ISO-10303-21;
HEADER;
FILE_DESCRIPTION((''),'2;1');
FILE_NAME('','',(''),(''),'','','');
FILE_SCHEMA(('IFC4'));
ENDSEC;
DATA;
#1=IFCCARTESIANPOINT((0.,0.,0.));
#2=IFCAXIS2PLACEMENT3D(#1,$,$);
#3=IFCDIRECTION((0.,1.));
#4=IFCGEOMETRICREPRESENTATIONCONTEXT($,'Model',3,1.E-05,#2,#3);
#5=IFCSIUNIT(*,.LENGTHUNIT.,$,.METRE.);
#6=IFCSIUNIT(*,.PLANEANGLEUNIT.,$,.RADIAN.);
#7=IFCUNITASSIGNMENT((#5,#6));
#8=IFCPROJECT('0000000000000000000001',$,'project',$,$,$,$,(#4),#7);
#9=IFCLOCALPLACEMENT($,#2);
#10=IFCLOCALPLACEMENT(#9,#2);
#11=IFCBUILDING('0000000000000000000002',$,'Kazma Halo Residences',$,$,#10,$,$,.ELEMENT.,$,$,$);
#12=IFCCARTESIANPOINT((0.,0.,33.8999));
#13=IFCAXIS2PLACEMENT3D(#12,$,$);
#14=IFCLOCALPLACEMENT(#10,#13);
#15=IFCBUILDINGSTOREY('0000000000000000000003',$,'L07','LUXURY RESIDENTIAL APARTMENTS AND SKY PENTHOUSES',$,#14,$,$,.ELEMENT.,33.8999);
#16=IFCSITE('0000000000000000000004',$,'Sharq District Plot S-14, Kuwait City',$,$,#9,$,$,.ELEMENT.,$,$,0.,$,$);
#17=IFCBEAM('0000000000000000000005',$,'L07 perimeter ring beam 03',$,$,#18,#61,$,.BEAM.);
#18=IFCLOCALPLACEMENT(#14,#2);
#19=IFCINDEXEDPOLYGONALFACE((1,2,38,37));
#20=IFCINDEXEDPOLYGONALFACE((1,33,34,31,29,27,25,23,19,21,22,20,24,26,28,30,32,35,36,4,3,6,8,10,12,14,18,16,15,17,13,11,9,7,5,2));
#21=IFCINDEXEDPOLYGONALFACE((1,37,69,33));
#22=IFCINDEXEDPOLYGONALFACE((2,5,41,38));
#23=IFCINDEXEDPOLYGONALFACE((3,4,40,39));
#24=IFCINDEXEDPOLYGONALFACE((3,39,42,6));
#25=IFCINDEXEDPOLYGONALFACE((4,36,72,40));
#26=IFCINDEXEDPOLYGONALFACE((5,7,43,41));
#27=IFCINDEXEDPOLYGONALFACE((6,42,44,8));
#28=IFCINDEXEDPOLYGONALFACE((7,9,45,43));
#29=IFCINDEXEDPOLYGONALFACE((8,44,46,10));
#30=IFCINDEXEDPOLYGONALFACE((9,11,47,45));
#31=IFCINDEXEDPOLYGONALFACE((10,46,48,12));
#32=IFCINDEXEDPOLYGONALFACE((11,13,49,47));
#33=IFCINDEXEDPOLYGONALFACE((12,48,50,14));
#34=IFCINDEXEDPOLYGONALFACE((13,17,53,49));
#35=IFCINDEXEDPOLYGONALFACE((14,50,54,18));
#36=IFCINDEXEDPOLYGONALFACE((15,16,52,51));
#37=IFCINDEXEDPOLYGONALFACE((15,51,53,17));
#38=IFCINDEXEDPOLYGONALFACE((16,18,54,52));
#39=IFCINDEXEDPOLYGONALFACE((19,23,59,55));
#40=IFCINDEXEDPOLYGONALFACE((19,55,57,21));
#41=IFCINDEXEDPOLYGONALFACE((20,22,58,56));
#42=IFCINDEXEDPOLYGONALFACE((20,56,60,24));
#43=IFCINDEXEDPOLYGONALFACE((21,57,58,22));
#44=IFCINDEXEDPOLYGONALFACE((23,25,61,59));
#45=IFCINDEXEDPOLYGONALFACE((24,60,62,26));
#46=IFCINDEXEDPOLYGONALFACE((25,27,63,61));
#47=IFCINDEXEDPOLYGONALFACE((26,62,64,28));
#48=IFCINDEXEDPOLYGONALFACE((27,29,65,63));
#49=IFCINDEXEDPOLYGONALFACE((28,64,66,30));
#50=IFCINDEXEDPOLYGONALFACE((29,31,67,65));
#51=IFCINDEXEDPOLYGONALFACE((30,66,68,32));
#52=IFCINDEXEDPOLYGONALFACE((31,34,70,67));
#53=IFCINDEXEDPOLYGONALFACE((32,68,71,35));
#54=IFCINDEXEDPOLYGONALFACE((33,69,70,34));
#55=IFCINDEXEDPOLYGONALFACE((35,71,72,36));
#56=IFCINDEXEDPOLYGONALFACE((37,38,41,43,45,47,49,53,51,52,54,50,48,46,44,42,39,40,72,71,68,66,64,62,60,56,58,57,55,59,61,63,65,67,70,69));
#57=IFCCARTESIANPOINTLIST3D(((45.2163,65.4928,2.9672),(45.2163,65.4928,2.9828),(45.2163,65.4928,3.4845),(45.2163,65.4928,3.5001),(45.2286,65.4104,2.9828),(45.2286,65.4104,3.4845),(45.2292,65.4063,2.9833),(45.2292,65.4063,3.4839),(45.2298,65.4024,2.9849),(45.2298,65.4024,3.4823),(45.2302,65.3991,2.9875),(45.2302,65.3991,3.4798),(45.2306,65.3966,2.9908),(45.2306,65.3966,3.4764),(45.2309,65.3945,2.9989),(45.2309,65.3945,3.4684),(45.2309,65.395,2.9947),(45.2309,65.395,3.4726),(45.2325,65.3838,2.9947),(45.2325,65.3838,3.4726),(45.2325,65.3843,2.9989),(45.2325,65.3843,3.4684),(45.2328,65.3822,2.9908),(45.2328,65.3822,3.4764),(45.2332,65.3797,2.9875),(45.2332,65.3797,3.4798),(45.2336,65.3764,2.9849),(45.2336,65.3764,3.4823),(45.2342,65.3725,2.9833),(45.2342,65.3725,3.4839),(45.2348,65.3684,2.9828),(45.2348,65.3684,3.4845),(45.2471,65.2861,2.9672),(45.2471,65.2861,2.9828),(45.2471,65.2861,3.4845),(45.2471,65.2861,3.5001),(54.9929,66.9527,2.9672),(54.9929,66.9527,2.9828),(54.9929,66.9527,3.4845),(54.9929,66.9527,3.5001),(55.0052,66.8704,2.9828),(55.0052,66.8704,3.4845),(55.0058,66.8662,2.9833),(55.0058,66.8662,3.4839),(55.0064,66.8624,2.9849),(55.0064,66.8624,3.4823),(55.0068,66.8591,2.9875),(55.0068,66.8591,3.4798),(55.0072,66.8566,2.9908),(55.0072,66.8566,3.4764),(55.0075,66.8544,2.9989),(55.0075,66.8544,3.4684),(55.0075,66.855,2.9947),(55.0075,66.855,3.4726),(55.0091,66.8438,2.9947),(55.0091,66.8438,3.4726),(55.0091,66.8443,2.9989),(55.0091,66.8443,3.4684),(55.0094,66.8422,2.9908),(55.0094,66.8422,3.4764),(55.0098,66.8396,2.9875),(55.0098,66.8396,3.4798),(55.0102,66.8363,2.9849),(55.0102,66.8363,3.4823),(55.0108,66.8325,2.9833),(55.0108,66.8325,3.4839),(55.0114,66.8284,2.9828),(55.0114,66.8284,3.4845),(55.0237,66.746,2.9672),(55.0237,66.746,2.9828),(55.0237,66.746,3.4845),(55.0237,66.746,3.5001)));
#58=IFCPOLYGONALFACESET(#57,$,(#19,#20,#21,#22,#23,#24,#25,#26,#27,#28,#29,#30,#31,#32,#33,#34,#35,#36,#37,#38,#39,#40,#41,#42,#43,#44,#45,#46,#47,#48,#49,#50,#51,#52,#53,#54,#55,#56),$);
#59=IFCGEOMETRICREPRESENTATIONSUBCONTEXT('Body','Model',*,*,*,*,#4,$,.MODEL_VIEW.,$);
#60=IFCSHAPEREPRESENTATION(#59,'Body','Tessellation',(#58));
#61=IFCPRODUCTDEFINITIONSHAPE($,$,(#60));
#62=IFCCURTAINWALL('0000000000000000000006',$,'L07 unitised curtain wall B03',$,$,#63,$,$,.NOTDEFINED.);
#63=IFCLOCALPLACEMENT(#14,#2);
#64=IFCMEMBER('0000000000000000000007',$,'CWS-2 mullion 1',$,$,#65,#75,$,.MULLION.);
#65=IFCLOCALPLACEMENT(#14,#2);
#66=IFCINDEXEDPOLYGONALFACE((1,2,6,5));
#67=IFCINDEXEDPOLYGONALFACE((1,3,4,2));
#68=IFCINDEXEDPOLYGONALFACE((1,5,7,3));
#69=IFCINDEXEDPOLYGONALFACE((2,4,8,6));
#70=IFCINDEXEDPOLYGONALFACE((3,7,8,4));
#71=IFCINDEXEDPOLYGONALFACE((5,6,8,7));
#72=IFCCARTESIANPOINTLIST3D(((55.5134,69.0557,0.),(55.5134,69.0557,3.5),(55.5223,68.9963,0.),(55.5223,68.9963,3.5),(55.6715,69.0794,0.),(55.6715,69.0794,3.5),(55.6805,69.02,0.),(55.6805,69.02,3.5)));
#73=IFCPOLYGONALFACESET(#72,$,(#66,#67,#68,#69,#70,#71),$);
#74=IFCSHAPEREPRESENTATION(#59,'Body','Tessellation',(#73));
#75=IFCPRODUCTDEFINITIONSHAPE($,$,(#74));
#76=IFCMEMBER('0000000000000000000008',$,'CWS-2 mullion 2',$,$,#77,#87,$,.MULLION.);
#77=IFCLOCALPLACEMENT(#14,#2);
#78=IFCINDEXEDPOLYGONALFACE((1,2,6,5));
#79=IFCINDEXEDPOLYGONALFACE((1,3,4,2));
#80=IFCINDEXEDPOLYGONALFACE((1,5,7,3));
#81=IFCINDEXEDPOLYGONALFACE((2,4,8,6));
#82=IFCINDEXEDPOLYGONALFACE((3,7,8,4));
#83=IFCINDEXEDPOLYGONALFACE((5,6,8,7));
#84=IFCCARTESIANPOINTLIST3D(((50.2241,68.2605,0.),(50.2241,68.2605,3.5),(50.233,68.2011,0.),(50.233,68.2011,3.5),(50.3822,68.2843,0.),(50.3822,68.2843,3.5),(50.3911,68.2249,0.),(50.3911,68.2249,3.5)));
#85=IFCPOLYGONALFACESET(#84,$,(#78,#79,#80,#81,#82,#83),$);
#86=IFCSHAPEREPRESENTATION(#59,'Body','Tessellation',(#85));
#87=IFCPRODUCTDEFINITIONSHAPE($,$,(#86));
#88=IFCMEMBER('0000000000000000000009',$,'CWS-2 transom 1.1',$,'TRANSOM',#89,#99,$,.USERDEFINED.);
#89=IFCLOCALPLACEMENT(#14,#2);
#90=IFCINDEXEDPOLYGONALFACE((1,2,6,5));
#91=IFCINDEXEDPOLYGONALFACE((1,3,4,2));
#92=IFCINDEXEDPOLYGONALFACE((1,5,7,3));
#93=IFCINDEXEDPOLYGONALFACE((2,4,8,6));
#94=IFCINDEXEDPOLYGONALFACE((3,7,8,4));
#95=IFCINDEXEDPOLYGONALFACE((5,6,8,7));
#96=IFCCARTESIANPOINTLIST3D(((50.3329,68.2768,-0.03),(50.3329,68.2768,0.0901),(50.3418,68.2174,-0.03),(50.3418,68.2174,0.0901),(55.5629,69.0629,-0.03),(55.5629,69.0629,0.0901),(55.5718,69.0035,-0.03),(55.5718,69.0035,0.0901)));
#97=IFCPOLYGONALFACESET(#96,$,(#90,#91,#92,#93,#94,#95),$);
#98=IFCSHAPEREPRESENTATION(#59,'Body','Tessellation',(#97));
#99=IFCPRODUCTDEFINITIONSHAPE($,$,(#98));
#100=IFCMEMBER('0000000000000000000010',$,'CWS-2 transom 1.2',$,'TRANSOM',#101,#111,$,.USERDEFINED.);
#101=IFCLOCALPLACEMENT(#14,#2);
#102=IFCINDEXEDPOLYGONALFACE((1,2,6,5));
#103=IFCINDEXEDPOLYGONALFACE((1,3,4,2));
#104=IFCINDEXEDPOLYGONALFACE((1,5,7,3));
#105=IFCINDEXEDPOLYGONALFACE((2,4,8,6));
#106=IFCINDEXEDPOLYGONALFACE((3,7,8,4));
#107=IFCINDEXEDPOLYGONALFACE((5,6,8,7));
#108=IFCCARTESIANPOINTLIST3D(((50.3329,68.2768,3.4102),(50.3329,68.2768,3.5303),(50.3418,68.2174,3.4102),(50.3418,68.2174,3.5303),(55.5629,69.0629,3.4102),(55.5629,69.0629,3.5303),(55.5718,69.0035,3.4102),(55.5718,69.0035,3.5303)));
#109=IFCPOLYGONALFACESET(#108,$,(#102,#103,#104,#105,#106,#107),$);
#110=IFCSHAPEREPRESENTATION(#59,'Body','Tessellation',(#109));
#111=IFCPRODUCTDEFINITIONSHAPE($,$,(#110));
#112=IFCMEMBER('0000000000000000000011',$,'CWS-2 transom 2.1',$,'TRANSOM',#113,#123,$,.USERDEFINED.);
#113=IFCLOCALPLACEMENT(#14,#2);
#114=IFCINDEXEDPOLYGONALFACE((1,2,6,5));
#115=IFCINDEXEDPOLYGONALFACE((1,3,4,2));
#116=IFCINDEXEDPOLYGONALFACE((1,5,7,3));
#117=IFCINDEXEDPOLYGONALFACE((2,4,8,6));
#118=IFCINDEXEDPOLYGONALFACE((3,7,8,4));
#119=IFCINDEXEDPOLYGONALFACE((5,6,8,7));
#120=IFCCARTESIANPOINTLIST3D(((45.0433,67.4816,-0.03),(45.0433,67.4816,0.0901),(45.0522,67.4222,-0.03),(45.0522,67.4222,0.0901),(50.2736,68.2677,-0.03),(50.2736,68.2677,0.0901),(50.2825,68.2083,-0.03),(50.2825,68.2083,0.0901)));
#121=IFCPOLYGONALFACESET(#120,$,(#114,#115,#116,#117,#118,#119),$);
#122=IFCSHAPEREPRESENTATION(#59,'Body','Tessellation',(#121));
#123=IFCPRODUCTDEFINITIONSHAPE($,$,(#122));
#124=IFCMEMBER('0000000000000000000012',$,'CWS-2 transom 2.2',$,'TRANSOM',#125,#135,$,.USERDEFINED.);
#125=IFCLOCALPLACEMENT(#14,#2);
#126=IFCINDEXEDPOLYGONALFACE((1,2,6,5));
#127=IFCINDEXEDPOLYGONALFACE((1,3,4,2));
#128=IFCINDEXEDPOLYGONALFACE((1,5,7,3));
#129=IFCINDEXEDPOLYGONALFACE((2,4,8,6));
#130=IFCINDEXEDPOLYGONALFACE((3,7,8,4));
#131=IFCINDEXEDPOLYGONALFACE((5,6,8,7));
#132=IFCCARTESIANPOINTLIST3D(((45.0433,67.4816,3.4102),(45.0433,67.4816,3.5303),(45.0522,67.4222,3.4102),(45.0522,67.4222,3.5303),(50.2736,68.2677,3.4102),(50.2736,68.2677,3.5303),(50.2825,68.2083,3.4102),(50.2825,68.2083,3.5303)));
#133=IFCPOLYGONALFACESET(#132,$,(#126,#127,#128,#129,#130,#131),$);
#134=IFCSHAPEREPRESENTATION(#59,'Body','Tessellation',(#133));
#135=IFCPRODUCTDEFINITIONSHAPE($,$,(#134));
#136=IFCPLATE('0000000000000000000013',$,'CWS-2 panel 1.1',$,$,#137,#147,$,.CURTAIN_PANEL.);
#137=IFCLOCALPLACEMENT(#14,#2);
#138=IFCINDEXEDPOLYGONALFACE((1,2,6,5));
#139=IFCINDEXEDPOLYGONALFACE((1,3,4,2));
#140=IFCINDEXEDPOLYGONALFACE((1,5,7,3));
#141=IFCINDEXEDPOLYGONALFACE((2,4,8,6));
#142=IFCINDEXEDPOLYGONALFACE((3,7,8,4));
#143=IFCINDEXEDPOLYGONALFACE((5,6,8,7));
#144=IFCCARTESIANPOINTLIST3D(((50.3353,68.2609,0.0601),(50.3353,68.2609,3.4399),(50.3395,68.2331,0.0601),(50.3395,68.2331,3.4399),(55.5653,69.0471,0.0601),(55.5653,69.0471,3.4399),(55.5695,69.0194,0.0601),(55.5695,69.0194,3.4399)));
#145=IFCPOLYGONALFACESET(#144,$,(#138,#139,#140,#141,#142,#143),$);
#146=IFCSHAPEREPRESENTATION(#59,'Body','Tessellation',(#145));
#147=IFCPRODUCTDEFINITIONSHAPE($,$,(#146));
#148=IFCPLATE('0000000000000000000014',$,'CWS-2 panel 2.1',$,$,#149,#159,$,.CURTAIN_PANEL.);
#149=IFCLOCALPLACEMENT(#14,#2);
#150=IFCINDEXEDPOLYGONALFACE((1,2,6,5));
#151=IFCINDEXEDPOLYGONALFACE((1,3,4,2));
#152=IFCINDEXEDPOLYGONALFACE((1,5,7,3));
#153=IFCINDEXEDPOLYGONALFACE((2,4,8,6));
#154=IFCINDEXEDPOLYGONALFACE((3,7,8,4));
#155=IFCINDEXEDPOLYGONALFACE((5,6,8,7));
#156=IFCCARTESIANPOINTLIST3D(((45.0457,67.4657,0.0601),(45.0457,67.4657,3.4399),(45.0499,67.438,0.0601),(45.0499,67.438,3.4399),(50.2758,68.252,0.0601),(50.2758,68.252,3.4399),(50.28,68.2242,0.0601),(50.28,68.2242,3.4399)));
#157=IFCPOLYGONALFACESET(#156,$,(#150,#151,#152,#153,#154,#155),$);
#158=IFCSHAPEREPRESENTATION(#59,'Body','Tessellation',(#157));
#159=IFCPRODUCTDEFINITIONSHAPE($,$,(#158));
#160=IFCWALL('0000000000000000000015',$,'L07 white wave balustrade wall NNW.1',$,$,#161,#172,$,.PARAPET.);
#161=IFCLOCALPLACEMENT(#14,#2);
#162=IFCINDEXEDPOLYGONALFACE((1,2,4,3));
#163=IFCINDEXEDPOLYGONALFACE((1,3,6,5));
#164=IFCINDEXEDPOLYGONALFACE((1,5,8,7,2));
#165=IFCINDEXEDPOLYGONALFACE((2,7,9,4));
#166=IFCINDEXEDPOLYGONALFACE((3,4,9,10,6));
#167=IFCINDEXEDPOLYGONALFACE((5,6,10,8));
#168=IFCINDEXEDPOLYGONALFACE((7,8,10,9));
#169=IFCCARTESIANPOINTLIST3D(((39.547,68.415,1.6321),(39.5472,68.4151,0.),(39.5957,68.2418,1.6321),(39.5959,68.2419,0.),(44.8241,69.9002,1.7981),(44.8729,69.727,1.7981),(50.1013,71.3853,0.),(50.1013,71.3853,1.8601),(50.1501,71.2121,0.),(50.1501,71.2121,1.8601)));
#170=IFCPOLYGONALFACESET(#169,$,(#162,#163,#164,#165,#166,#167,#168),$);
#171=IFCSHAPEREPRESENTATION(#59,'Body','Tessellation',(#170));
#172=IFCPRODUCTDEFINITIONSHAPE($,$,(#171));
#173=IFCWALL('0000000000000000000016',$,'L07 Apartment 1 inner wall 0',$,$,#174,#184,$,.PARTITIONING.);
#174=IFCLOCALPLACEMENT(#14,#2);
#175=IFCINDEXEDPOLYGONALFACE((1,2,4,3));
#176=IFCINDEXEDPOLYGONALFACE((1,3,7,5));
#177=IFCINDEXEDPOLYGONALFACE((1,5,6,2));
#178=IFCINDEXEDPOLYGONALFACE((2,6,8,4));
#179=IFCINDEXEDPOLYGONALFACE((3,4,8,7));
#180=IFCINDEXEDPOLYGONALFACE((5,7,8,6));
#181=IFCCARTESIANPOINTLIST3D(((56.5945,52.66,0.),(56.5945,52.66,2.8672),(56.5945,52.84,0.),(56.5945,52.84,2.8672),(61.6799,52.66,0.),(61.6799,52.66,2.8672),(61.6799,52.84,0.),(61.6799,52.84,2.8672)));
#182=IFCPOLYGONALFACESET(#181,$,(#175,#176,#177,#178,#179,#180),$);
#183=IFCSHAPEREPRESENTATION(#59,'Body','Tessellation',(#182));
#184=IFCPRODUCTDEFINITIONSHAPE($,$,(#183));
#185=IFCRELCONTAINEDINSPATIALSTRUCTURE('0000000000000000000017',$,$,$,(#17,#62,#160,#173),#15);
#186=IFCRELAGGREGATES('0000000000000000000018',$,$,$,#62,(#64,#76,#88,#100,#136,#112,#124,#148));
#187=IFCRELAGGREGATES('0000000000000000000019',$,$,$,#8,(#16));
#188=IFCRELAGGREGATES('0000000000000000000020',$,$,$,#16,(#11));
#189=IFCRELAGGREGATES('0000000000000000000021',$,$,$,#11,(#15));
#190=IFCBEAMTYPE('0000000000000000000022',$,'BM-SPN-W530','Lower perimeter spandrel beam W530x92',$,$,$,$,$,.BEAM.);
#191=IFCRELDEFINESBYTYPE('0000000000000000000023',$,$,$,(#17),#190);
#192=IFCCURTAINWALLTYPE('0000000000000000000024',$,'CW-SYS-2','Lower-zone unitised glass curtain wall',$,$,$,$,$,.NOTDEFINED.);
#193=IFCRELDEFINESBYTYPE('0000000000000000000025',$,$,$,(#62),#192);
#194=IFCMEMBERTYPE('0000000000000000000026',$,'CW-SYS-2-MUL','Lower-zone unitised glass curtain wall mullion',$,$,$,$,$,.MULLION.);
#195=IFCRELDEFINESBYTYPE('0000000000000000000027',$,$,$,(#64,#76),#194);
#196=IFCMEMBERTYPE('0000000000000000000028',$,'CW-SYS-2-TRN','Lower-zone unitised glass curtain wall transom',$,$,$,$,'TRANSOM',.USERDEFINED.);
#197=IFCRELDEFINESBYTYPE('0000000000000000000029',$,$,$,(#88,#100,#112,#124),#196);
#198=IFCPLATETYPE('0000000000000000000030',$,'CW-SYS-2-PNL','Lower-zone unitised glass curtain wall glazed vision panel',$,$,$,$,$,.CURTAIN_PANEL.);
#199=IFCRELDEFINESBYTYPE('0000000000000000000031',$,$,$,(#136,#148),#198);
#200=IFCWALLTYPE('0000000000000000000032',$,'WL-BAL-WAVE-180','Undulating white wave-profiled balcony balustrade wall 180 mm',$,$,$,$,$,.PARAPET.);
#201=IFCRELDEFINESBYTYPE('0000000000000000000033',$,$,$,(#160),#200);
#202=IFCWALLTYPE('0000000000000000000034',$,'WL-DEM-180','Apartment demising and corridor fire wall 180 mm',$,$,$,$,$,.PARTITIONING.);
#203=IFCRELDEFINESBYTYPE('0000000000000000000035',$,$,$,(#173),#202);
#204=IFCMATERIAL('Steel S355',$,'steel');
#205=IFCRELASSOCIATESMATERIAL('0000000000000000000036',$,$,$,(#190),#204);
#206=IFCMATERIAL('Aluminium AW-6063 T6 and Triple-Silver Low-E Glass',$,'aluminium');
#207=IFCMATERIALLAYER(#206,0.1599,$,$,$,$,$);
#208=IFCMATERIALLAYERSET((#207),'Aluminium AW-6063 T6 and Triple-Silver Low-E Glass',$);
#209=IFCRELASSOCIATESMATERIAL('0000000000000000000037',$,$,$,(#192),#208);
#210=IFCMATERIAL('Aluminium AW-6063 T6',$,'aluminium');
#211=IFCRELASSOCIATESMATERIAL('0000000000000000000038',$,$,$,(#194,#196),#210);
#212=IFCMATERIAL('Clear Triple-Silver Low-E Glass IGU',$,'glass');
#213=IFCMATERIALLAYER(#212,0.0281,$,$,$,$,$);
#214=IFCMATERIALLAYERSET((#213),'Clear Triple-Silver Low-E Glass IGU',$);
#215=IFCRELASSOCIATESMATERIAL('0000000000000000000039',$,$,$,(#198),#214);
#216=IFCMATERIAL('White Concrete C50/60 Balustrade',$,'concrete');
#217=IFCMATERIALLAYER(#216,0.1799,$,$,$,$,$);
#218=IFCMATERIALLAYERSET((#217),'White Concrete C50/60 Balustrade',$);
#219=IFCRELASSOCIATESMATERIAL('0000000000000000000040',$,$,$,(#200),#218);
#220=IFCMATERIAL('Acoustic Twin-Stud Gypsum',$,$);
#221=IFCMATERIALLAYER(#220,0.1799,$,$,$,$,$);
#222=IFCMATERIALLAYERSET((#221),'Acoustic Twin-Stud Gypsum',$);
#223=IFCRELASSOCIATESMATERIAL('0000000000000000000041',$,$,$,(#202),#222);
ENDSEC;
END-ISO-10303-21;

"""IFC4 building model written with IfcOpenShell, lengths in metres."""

from ifc_helpers import new_model, si_unit, direction, frame, frame_2d, origin, origin_2d, place, context, subcontext, project, spatial, polyline, rectangle, i_section, outline, extrude, material, layer, layer_set, material_profile, profile_set, type_object, element, aggregate, save


model = new_model("IFC4")

# Units and contexts
model_context = context("Model", 3, precision=1e-05, world=origin(), true_north=direction((0.0, 1.0)))
body_context = subcontext(model_context, "Body", "Model", "MODEL_VIEW")
ifc_project = project(units=[si_unit("LENGTHUNIT", "METRE"), si_unit("PLANEANGLEUNIT", "RADIAN")], contexts=[model_context])

# Site, building, storey
site_placement = place(None, origin())
site = spatial("IfcSite", under=ifc_project, at=site_placement, Name="Sharq District Plot S-14, Kuwait City", CompositionType="ELEMENT", RefElevation=0.0)
building_placement = place(site_placement, origin())
building = spatial("IfcBuilding", under=site, at=building_placement, Name="Kazma Halo Residences", CompositionType="ELEMENT")
storey_placement = place(building_placement, frame((0.0, 0.0, 33.8999)))
storey = spatial("IfcBuildingStorey", under=building, at=storey_placement, Name="L07", Description="LUXURY RESIDENTIAL APARTMENTS AND SKY PENTHOUSES", CompositionType="ELEMENT", Elevation=33.8999)

# Beam
ifc_material_1 = material(Name="Steel S355", Category="steel")
ifc_material_profile_1 = material_profile(ifc_material_1, i_section(OverallWidth=0.209, OverallDepth=0.533, WebThickness=0.0103, FlangeThickness=0.0156, FilletRadius=0.0161, at=origin_2d()), Name="W530x92")
ifc_profile_set_1 = profile_set([ifc_material_profile_1], Name="Steel S355")
beam_type_1 = type_object("IfcBeamType", Name="BM-SPN-W530", Description="Lower perimeter spandrel beam W530x92", PredefinedType="BEAM", material=ifc_profile_set_1)
beam_1_placement = place(storey_placement, frame((55.0083, 66.8494, 3.2336), z_axis=(-0.989033, -0.147694, 0.0), x_axis=(0.147694, -0.989033, 0.0)))
element("IfcBeam", 1, at=beam_1_placement, inside=storey, type_object=beam_type_1, Name="L07 perimeter ring beam 03", PredefinedType="BEAM", context=body_context, shape_type="SweptSolid", body=[
    extrude(i_section(OverallWidth=0.209, OverallDepth=0.533, WebThickness=0.0103, FlangeThickness=0.0156, FilletRadius=0.0161, at=origin_2d()), origin(), (0.0, 0.0, 1.0), 9.885),
])

# Curtain wall, members, plates
ifc_material_2 = material(Name="Aluminium AW-6063 T6 and Triple-Silver Low-E Glass", Category="aluminium")
ifc_layer_1 = layer(ifc_material_2, 0.1599)
ifc_layer_set_1 = layer_set([ifc_layer_1], Name="Aluminium AW-6063 T6 and Triple-Silver Low-E Glass")
curtain_wall_type = type_object("IfcCurtainWallType", Name="CW-SYS-2", Description="Lower-zone unitised glass curtain wall", PredefinedType="NOTDEFINED", material=ifc_layer_set_1)
curtain_wall_placement = place(storey_placement, origin())
curtain_wall = element("IfcCurtainWall", 2, at=curtain_wall_placement, inside=storey, type_object=curtain_wall_type, Name="L07 unitised curtain wall B03", PredefinedType="NOTDEFINED")
ifc_material_3 = material(Name="Aluminium AW-6063 T6", Category="aluminium")
ifc_material_profile_2 = material_profile(ifc_material_3, rectangle(XDim=0.0601, YDim=0.1599, at=origin_2d()), Name="CWM-60x160")
ifc_profile_set_2 = profile_set([ifc_material_profile_2], Name="Aluminium AW-6063 T6")
member_type_1 = type_object("IfcMemberType", Name="CW-SYS-2-MUL", Description="Lower-zone unitised glass curtain wall mullion", PredefinedType="MULLION", material=ifc_profile_set_2)
member_1_placement = place(storey_placement, frame((55.5969, 69.0378, 0.0), z_axis=(0.0, 0.0, 1.0), x_axis=(0.148657, -0.988889, 0.0)))
member_1 = element("IfcMember", 3, at=member_1_placement, type_object=member_type_1, Name="CWS-2 mullion 1", PredefinedType="MULLION", context=body_context, shape_type="SweptSolid", body=[
    extrude(rectangle(XDim=0.0601, YDim=0.1599, at=origin_2d()), origin(), (0.0, 0.0, 1.0), 3.5),
])
member_2_placement = place(storey_placement, frame((50.3076, 68.2427, 0.0), z_axis=(0.0, 0.0, 1.0), x_axis=(0.148657, -0.988889, 0.0)))
member_2 = element("IfcMember", 4, at=member_2_placement, type_object=member_type_1, Name="CWS-2 mullion 2", PredefinedType="MULLION", context=body_context, shape_type="SweptSolid", body=[
    extrude(rectangle(XDim=0.0601, YDim=0.1599, at=origin_2d()), origin(), (0.0, 0.0, 1.0), 3.5),
])
ifc_material_profile_3 = material_profile(ifc_material_3, rectangle(XDim=0.0601, YDim=0.1201, at=origin_2d()), Name="CWT-60x120")
ifc_profile_set_3 = profile_set([ifc_material_profile_3], Name="Aluminium AW-6063 T6")
member_type_2 = type_object("IfcMemberType", Name="CW-SYS-2-TRN", Description="Lower-zone unitised glass curtain wall transom", ElementType="TRANSOM", PredefinedType="USERDEFINED", material=ifc_profile_set_3)
member_3_placement = place(storey_placement, frame((55.5674, 69.0332, 0.03), z_axis=(-0.988891, -0.148643, 0.0), x_axis=(0.148643, -0.988891, 0.0)))
member_3 = element("IfcMember", 5, at=member_3_placement, type_object=member_type_2, Name="CWS-2 transom 1.1", ObjectType="TRANSOM", PredefinedType="USERDEFINED", context=body_context, shape_type="SweptSolid", body=[
    extrude(rectangle(XDim=0.0601, YDim=0.1201, at=origin_2d()), origin(), (0.0, 0.0, 1.0), 5.2888),
])
member_4_placement = place(storey_placement, frame((55.5674, 69.0332, 3.4702), z_axis=(-0.988891, -0.148643, 0.0), x_axis=(0.148643, -0.988891, 0.0)))
member_4 = element("IfcMember", 6, at=member_4_placement, type_object=member_type_2, Name="CWS-2 transom 1.2", ObjectType="TRANSOM", PredefinedType="USERDEFINED", context=body_context, shape_type="SweptSolid", body=[
    extrude(rectangle(XDim=0.0601, YDim=0.1201, at=origin_2d()), origin(), (0.0, 0.0, 1.0), 5.2888),
])
member_5_placement = place(storey_placement, frame((50.2781, 68.238, 0.03), z_axis=(-0.988892, -0.148636, 0.0), x_axis=(0.148636, -0.988892, 0.0)))
member_5 = element("IfcMember", 7, at=member_5_placement, type_object=member_type_2, Name="CWS-2 transom 2.1", ObjectType="TRANSOM", PredefinedType="USERDEFINED", context=body_context, shape_type="SweptSolid", body=[
    extrude(rectangle(XDim=0.0601, YDim=0.1201, at=origin_2d()), origin(), (0.0, 0.0, 1.0), 5.2891),
])
member_6_placement = place(storey_placement, frame((50.2781, 68.238, 3.4702), z_axis=(-0.988892, -0.148636, 0.0), x_axis=(0.148636, -0.988892, 0.0)))
member_6 = element("IfcMember", 8, at=member_6_placement, type_object=member_type_2, Name="CWS-2 transom 2.2", ObjectType="TRANSOM", PredefinedType="USERDEFINED", context=body_context, shape_type="SweptSolid", body=[
    extrude(rectangle(XDim=0.0601, YDim=0.1201, at=origin_2d()), origin(), (0.0, 0.0, 1.0), 5.2891),
])
ifc_material_4 = material(Name="Clear Triple-Silver Low-E Glass IGU", Category="glass")
ifc_layer_2 = layer(ifc_material_4, 0.0281)
ifc_layer_set_2 = layer_set([ifc_layer_2], Name="Clear Triple-Silver Low-E Glass IGU")
plate_type = type_object("IfcPlateType", Name="CW-SYS-2-PNL", Description="Lower-zone unitised glass curtain wall glazed vision panel", PredefinedType="CURTAIN_PANEL", material=ifc_layer_set_2)
plate_1_placement = place(storey_placement, frame((52.9524, 68.6401, 0.0601), z_axis=(0.0, 0.0, 1.0), x_axis=(-0.988889, -0.148657, 0.0)))
plate_1 = element("IfcPlate", 9, at=plate_1_placement, type_object=plate_type, Name="CWS-2 panel 1.1", PredefinedType="CURTAIN_PANEL", context=body_context, shape_type="SweptSolid", body=[
    extrude(rectangle(XDim=5.2888, YDim=0.0281, at=origin_2d()), origin(), (0.0, 0.0, 1.0), 3.3799),
])
plate_2_placement = place(storey_placement, frame((47.6628, 67.845, 0.0601), z_axis=(0.0, 0.0, 1.0), x_axis=(-0.988889, -0.148657, 0.0)))
plate_2 = element("IfcPlate", 10, at=plate_2_placement, type_object=plate_type, Name="CWS-2 panel 2.1", PredefinedType="CURTAIN_PANEL", context=body_context, shape_type="SweptSolid", body=[
    extrude(rectangle(XDim=5.2888, YDim=0.0281, at=origin_2d()), origin(), (0.0, 0.0, 1.0), 3.3799),
])
aggregate(curtain_wall, [member_1, member_2, member_3, member_4, plate_1, member_5, member_6, plate_2])

# Walls
ifc_material_5 = material(Name="White Concrete C50/60 Balustrade", Category="concrete")
ifc_layer_3 = layer(ifc_material_5, 0.1799)
ifc_layer_set_3 = layer_set([ifc_layer_3], Name="White Concrete C50/60 Balustrade")
wall_type_1 = type_object("IfcWallType", Name="WL-BAL-WAVE-180", Description="Undulating white wave-profiled balcony balustrade wall 180 mm", PredefinedType="PARAPET", material=ifc_layer_set_3)
wall_1_placement = place(storey_placement, frame((50.1257, 71.2986, 0.0), z_axis=(0.0, 0.0, 1.0), x_axis=(-0.962607, -0.270902, 0.0)))
element("IfcWall", 11, at=wall_1_placement, inside=storey, type_object=wall_type_1, Name="L07 white wave balustrade wall NNW.1", PredefinedType="PARAPET", context=body_context, shape_type="SweptSolid", body=[
    extrude(outline(polyline([(0.0, 0.0), (10.9641, 0.0), (10.9644, 1.6321), (5.4822, 1.7981), (0.0, 1.8601), (0.0, 0.0)])), frame((0.0, 0.0898, 0.0), z_axis=(0.0, -1.0, 0.0), x_axis=(1.0, 0.0, 0.0)), (0.0, 0.0, 1.0), 0.1799),
])
ifc_material_6 = material(Name="Acoustic Twin-Stud Gypsum")
ifc_layer_4 = layer(ifc_material_6, 0.1799)
ifc_layer_set_4 = layer_set([ifc_layer_4], Name="Acoustic Twin-Stud Gypsum")
wall_type_2 = type_object("IfcWallType", Name="WL-DEM-180", Description="Apartment demising and corridor fire wall 180 mm", PredefinedType="PARTITIONING", material=ifc_layer_set_4)
wall_2_placement = place(storey_placement, frame((61.6799, 52.75, 0.0), z_axis=(0.0, 0.0, 1.0), x_axis=(-1.0, 0.0, 0.0)))
element("IfcWall", 12, at=wall_2_placement, inside=storey, type_object=wall_type_2, Name="L07 Apartment 1 inner wall 0", PredefinedType="PARTITIONING", context=body_context, shape_type="SweptSolid", body=[
    extrude(rectangle(XDim=5.0854, YDim=0.1799, at=frame_2d((2.5427, 0.0))), origin(), (0.0, 0.0, 1.0), 2.8672),
])

save(model, "model.ifc")
